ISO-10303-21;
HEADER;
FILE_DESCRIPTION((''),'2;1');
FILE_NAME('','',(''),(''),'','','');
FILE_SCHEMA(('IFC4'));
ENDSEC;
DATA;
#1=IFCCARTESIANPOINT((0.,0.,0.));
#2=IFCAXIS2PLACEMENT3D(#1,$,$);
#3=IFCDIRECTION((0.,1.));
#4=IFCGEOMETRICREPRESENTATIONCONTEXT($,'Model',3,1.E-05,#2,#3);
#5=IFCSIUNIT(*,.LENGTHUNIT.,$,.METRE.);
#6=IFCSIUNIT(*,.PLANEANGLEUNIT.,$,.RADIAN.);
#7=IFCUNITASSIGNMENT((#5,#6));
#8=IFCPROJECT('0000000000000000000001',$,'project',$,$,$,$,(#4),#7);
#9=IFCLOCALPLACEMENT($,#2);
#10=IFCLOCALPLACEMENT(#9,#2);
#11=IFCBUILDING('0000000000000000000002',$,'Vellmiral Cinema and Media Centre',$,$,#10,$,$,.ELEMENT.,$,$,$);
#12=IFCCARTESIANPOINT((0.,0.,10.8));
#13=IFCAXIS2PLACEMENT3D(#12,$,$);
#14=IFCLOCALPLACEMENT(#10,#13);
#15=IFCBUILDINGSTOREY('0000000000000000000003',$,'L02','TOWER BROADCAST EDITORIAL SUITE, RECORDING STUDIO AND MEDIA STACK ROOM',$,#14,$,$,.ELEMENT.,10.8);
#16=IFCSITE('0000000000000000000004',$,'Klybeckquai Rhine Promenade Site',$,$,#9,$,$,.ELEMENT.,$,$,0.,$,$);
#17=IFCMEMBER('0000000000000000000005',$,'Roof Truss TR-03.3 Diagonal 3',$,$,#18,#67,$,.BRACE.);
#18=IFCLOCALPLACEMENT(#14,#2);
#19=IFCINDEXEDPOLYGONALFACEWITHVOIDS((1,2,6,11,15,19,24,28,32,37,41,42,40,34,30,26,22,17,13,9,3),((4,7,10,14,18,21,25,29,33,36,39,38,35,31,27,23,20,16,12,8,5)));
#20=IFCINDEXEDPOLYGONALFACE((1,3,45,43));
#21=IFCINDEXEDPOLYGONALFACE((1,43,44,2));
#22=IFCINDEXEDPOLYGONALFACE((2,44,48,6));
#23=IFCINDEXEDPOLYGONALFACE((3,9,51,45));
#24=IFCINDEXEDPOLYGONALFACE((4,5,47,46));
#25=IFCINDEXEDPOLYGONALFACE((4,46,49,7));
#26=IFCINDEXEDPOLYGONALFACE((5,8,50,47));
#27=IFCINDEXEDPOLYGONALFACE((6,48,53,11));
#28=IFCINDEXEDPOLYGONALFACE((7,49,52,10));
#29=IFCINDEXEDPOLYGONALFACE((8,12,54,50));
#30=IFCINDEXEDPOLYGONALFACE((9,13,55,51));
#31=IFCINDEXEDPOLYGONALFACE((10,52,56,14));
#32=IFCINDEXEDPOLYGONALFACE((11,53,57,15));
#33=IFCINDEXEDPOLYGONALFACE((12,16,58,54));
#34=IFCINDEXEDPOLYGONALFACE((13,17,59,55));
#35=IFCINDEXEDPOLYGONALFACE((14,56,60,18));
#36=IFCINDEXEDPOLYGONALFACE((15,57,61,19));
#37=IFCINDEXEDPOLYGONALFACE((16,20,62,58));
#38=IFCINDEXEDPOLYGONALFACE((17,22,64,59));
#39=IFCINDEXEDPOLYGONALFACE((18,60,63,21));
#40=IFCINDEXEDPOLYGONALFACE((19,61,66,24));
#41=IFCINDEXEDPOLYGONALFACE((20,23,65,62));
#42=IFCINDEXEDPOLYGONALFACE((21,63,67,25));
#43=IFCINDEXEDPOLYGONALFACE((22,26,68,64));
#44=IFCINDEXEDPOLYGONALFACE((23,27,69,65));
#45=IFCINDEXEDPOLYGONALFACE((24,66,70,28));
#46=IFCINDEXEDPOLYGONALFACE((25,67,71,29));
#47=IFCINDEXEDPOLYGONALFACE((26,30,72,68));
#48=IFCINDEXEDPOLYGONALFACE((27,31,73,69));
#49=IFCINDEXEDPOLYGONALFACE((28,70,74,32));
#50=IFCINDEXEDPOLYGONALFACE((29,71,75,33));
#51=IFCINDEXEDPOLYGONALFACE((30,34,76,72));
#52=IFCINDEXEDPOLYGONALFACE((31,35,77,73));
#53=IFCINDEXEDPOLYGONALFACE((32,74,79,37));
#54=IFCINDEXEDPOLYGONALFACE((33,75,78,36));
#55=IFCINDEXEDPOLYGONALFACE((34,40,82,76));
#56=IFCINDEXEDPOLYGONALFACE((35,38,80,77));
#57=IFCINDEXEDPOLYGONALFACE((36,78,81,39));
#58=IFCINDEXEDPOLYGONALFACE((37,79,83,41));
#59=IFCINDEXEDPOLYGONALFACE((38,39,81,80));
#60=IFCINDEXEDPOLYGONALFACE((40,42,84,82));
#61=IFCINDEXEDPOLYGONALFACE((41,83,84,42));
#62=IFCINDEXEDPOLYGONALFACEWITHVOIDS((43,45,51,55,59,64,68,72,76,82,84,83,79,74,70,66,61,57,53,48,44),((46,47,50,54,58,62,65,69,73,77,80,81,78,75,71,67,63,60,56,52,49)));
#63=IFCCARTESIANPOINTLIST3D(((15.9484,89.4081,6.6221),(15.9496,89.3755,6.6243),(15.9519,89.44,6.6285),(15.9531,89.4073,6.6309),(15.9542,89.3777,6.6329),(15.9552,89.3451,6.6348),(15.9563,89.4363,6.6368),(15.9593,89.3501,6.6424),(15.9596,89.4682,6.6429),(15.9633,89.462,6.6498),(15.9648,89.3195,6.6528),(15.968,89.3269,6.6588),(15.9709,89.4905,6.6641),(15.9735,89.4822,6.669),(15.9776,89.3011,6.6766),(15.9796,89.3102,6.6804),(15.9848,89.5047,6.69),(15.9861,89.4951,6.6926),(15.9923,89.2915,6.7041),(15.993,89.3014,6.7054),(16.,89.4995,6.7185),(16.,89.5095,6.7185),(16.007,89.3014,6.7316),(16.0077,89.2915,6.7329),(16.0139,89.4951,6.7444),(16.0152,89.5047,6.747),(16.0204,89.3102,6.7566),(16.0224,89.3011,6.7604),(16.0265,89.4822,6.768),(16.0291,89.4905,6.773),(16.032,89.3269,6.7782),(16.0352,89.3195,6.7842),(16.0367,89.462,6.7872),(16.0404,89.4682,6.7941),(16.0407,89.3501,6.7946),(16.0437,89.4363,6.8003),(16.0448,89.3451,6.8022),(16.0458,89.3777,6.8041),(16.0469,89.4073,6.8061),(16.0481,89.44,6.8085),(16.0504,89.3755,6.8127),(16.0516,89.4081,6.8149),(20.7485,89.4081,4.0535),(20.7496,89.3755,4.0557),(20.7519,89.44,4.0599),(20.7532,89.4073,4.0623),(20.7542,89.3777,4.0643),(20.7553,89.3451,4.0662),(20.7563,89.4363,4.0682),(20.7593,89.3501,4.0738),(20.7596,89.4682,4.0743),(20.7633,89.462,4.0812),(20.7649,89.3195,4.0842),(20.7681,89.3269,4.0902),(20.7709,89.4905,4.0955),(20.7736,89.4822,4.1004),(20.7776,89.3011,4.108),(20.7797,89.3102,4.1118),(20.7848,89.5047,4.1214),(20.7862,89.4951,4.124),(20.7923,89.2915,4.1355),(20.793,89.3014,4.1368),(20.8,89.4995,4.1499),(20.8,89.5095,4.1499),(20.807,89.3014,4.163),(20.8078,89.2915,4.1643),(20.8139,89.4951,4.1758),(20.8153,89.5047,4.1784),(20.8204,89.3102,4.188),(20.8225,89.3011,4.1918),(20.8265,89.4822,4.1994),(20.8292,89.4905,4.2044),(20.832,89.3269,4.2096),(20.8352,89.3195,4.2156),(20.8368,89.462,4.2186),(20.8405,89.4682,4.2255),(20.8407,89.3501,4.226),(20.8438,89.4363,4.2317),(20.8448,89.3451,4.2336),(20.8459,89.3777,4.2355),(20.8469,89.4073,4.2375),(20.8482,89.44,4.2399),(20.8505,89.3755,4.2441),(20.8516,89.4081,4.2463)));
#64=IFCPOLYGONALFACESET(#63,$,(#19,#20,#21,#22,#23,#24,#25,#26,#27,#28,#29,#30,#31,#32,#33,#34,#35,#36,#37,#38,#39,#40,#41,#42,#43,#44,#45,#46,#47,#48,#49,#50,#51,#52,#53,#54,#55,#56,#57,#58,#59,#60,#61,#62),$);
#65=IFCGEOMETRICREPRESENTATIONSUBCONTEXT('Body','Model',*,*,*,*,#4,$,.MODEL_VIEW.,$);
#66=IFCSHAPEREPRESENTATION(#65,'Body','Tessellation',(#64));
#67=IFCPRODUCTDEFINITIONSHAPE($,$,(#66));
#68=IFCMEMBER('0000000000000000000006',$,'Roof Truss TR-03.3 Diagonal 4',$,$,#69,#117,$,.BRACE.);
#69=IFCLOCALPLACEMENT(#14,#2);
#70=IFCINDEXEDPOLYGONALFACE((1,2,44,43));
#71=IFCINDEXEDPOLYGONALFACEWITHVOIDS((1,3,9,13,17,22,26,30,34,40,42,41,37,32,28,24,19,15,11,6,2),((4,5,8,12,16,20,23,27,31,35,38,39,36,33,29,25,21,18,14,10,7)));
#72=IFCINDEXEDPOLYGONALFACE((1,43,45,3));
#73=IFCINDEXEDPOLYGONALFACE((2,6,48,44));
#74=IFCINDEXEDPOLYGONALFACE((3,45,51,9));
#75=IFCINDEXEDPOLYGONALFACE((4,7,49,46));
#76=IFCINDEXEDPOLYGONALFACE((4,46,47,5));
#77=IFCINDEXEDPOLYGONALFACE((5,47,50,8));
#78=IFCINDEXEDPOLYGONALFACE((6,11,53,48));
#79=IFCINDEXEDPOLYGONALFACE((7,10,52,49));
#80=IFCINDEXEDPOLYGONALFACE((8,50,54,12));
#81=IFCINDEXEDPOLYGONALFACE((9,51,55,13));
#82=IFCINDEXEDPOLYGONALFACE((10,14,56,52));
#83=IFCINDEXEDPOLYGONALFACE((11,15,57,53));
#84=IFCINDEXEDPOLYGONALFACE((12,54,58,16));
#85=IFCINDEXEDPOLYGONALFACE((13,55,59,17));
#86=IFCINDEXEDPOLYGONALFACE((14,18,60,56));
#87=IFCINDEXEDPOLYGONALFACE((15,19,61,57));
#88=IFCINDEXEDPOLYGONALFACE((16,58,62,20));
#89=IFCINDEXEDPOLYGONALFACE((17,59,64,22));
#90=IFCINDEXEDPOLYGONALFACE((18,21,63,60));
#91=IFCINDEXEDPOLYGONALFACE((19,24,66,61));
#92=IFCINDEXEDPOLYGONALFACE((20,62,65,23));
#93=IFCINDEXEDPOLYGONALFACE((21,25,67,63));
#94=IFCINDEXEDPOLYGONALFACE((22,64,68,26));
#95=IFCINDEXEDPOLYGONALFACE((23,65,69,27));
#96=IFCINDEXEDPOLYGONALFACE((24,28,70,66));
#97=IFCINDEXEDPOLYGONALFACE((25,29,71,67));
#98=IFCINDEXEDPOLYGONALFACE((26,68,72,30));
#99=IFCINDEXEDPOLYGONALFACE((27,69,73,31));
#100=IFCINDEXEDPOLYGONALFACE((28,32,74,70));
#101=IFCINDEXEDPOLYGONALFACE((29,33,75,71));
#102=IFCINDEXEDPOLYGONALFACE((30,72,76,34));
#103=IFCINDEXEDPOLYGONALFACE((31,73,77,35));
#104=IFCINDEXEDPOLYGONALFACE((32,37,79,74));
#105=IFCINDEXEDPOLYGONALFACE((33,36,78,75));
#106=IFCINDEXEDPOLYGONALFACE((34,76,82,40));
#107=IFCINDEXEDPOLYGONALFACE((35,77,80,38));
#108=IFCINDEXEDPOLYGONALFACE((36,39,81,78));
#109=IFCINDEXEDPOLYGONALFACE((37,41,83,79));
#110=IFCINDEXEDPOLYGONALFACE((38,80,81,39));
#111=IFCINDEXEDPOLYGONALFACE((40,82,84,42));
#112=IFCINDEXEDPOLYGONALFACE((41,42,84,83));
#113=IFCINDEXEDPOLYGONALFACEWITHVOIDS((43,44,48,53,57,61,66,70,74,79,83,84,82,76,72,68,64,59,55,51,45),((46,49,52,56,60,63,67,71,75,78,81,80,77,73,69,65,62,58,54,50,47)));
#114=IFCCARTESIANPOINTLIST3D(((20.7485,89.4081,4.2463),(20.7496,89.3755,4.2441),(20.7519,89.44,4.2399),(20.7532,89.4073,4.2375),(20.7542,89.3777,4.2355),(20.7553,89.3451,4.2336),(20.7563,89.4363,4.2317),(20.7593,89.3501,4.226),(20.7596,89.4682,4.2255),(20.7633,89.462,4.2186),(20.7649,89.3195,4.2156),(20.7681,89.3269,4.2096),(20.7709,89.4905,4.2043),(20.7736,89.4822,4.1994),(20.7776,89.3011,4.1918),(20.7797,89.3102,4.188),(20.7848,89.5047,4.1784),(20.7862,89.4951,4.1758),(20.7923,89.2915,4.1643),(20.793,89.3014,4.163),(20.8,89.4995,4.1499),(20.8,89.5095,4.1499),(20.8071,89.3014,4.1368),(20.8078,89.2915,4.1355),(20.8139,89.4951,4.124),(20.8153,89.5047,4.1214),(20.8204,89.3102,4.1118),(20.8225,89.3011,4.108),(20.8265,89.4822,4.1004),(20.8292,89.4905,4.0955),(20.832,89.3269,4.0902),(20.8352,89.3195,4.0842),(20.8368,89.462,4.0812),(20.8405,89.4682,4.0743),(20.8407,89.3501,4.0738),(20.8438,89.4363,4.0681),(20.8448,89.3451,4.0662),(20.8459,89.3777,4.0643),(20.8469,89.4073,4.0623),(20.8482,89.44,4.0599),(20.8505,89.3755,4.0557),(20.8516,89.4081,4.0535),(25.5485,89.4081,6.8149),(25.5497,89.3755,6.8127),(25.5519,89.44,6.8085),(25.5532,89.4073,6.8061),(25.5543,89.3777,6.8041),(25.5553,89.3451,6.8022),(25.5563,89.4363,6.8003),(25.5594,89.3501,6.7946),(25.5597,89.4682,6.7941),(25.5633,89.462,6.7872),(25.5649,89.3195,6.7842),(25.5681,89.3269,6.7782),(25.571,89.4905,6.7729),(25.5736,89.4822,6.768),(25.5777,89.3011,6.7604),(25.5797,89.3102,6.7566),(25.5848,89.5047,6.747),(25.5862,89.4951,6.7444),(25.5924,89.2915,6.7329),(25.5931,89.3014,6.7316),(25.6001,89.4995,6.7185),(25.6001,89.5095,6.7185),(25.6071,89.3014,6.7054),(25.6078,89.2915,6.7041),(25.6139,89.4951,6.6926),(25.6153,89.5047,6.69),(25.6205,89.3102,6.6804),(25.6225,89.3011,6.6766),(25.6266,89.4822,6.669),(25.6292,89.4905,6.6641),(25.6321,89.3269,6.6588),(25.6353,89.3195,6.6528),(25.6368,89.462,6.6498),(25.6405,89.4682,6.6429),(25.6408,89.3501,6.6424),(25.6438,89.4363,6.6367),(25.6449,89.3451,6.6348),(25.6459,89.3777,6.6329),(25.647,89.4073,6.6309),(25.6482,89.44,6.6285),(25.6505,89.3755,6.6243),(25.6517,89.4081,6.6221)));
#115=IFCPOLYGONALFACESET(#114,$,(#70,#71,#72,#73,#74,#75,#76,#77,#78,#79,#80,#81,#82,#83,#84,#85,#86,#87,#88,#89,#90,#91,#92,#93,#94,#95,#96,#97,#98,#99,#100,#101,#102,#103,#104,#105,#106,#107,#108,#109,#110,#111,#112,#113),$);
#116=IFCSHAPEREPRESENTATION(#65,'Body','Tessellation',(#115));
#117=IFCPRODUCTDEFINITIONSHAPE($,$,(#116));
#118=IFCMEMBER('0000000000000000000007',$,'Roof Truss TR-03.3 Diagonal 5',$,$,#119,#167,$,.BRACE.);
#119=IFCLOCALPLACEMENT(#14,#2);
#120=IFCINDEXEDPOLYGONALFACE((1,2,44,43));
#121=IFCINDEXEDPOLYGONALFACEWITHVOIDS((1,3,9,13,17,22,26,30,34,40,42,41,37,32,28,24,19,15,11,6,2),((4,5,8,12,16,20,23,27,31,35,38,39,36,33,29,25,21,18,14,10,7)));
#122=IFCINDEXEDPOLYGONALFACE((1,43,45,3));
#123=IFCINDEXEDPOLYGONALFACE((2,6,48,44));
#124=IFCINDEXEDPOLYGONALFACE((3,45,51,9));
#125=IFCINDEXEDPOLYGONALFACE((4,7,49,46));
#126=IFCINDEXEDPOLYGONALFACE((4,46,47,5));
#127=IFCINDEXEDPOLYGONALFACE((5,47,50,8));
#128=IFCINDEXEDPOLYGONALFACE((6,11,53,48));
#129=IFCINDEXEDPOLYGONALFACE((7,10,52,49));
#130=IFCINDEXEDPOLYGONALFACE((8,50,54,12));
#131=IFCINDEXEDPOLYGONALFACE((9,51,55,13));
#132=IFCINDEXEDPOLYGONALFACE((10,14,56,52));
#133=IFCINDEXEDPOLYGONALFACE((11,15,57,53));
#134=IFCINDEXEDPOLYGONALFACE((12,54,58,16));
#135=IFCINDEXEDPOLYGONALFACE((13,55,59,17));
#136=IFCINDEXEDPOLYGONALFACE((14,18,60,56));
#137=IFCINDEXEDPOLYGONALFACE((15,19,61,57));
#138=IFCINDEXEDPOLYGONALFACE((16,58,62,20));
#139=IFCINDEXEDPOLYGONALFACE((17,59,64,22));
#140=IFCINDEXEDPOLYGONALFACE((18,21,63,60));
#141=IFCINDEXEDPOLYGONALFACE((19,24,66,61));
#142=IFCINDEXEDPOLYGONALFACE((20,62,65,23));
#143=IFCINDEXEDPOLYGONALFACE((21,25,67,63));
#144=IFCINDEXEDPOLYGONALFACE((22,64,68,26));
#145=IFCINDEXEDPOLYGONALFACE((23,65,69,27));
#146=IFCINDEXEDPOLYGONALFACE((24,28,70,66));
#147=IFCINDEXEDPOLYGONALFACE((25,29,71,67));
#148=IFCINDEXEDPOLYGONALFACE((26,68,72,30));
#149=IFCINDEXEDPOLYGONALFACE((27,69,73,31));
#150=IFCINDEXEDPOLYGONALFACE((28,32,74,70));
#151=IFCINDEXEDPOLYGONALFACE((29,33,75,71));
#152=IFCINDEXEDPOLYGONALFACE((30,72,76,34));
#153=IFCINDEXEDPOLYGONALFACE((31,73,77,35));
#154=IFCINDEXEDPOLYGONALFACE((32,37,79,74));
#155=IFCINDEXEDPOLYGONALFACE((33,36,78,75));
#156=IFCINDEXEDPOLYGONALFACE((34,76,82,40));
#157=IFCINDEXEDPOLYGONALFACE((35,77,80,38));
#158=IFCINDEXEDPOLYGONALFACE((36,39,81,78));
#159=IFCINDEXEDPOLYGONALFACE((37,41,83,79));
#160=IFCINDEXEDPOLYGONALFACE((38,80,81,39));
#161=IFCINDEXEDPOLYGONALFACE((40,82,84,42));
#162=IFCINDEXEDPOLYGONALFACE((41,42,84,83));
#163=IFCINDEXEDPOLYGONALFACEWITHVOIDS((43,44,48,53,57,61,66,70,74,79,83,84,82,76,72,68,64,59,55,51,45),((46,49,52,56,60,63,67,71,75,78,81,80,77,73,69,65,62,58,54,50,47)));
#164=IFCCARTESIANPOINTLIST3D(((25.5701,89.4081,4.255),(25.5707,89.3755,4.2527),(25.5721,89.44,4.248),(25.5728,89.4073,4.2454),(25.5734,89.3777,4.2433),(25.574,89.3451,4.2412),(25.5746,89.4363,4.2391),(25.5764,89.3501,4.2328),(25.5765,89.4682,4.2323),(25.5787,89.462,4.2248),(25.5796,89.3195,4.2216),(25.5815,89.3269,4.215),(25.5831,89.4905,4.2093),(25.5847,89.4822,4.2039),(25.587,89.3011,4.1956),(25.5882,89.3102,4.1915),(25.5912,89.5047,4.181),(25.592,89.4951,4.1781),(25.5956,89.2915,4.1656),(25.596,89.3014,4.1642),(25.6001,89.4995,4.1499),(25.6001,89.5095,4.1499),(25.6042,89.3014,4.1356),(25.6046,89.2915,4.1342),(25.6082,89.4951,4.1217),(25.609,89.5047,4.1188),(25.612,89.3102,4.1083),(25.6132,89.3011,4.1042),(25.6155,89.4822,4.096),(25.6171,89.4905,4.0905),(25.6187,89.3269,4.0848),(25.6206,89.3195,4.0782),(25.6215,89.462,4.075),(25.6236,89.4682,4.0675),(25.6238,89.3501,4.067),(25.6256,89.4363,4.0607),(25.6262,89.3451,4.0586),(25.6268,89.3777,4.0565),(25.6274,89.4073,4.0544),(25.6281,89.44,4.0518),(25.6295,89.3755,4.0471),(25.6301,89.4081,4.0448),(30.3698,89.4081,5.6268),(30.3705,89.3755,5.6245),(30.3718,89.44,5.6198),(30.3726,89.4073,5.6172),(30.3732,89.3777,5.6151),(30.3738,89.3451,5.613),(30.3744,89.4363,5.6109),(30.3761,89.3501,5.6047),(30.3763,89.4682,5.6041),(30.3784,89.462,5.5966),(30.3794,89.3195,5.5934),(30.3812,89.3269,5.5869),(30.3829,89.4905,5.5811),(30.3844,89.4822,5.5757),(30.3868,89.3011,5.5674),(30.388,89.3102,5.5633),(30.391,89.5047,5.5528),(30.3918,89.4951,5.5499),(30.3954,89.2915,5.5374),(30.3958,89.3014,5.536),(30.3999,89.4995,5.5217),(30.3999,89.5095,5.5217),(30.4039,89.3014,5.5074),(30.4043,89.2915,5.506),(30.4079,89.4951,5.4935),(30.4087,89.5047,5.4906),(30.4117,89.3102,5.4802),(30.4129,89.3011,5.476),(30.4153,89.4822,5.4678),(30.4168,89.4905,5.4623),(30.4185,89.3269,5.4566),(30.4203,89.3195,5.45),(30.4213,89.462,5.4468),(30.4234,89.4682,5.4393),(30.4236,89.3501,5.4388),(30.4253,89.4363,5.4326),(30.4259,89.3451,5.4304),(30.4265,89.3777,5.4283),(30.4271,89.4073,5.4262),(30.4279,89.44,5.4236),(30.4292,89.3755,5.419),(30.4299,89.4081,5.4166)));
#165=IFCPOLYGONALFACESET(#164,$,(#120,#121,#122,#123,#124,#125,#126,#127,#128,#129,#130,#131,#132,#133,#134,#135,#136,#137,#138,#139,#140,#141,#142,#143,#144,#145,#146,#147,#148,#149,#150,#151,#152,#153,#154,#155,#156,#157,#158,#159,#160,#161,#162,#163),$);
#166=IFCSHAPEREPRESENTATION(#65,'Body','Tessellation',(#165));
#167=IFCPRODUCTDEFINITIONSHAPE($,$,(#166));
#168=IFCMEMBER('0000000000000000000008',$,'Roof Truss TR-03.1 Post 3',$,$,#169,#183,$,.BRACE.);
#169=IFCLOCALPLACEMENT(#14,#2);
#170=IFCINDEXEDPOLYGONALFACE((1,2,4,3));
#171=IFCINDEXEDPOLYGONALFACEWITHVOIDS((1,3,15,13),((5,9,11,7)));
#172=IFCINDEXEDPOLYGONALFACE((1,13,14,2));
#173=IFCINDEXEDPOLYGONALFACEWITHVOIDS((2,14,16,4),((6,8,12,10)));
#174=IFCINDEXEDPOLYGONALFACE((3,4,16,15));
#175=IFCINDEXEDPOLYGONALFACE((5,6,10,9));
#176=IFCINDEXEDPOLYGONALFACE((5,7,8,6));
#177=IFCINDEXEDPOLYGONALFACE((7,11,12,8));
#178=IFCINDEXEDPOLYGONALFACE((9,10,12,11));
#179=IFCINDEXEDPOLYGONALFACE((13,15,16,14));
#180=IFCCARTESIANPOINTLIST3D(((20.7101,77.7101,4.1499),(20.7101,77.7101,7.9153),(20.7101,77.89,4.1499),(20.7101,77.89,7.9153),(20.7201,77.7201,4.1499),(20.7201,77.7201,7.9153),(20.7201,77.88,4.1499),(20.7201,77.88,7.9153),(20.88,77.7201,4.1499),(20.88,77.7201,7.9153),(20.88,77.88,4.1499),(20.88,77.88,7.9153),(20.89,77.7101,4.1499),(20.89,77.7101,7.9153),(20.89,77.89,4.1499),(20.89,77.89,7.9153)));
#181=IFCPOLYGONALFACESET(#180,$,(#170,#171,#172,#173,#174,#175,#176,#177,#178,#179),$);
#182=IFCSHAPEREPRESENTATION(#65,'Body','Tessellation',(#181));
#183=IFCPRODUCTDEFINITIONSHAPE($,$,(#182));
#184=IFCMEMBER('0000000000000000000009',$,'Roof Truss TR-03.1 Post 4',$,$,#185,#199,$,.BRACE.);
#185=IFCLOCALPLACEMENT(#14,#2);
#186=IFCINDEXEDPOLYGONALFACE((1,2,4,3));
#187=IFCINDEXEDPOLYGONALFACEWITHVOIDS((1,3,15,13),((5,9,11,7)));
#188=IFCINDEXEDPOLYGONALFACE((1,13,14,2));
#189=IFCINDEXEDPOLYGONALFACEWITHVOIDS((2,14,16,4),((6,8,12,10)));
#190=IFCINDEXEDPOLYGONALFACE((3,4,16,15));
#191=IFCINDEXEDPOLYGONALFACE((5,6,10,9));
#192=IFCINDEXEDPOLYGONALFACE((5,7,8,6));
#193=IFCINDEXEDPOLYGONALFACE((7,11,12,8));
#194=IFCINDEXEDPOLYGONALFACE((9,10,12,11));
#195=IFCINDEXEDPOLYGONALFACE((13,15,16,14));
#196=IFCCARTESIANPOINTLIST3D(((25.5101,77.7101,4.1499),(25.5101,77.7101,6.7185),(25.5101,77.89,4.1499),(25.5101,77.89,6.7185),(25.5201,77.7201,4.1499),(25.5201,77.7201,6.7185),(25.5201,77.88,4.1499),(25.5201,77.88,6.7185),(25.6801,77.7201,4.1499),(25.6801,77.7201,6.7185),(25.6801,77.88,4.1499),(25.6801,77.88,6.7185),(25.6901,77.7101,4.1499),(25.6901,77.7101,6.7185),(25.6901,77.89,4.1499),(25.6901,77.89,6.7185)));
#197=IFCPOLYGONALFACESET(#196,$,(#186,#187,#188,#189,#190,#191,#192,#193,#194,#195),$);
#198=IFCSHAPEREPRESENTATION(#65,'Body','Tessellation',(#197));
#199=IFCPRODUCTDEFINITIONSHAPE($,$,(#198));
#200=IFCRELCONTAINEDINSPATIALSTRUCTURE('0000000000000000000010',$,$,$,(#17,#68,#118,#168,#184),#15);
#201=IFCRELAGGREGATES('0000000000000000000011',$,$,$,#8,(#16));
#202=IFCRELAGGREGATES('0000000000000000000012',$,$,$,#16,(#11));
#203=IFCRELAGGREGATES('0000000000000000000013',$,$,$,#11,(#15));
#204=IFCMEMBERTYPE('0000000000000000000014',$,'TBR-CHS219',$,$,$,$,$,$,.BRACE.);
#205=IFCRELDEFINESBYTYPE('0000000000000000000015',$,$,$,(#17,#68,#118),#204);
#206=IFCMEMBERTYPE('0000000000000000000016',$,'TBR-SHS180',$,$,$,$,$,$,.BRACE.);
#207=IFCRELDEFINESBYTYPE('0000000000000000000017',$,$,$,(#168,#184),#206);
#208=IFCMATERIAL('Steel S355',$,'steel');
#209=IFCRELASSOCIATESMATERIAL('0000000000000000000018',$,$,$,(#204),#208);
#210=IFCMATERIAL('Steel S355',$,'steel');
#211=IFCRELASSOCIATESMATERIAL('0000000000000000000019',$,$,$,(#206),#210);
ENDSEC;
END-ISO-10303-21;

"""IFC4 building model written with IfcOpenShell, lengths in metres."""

from ifc_helpers import new_model, si_unit, direction, frame, origin, origin_2d, place, context, subcontext, project, spatial, hollow_rectangle, hollow_circle, extrude, material, material_profile, profile_set, type_object, element, save


model = new_model("IFC4")

# Units and contexts
model_context = context("Model", 3, precision=1e-05, world=origin(), true_north=direction((0.0, 1.0)))
body_context = subcontext(model_context, "Body", "Model", "MODEL_VIEW")
ifc_project = project(units=[si_unit("LENGTHUNIT", "METRE"), si_unit("PLANEANGLEUNIT", "RADIAN")], contexts=[model_context])

# Site, building, storey
site_placement = place(None, origin())
site = spatial("IfcSite", under=ifc_project, at=site_placement, Name="Klybeckquai Rhine Promenade Site", CompositionType="ELEMENT", RefElevation=0.0)
building_placement = place(site_placement, origin())
building = spatial("IfcBuilding", under=site, at=building_placement, Name="Vellmiral Cinema and Media Centre", CompositionType="ELEMENT")
storey_placement = place(building_placement, frame((0.0, 0.0, 10.8)))
storey = spatial("IfcBuildingStorey", under=building, at=storey_placement, Name="L02", Description="TOWER BROADCAST EDITORIAL SUITE, RECORDING STUDIO AND MEDIA STACK ROOM", CompositionType="ELEMENT", Elevation=10.8)

# Members
ifc_material_1 = material(Name="Steel S355", Category="steel")
ifc_material_profile_1 = material_profile(ifc_material_1, hollow_circle(Radius=0.1096, WallThickness=0.01, at=origin_2d()), Name="CHS 219.1x10.0")
ifc_profile_set_1 = profile_set([ifc_material_profile_1], Name="Steel S355")
member_type_1 = type_object("IfcMemberType", Name="TBR-CHS219", PredefinedType="BRACE", material=ifc_profile_set_1)
for number, where, z_axis, x_axis, name in (
    (1, (16.0, 89.3999, 6.7185), (0.881698, 0.0, -0.471814), (0.0, 1.0, 0.0), "Roof Truss TR-03.3 Diagonal 3"),
    (2, (20.8, 89.3999, 4.1499), (0.881698, 0.0, 0.471814), (0.0, 1.0, 0.0), "Roof Truss TR-03.3 Diagonal 4"),
):
    element("IfcMember", number, at=place(storey_placement, frame(where, z_axis=z_axis, x_axis=x_axis)), inside=storey, type_object=member_type_1, Name=name, PredefinedType="BRACE", context=body_context, shape_type="SweptSolid", body=[
        extrude(hollow_circle(Radius=0.1096, WallThickness=0.01, at=origin_2d()), origin(), (0.0, 0.0, 1.0), 5.4441),
    ])
member_1_placement = place(storey_placement, frame((25.6001, 89.3999, 4.1499), z_axis=(0.9615, 0.0, 0.274805), x_axis=(0.0, 1.0, 0.0)))
element("IfcMember", 3, at=member_1_placement, inside=storey, type_object=member_type_1, Name="Roof Truss TR-03.3 Diagonal 5", PredefinedType="BRACE", context=body_context, shape_type="SweptSolid", body=[
    extrude(hollow_circle(Radius=0.1096, WallThickness=0.01, at=origin_2d()), origin(), (0.0, 0.0, 1.0), 4.9919),
])
ifc_material_2 = material(Name="Steel S355", Category="steel")
ifc_material_profile_2 = material_profile(ifc_material_2, hollow_rectangle(XDim=0.1799, YDim=0.1799, WallThickness=0.01, at=origin_2d()), Name="SHS 180x180x10.0")
ifc_profile_set_2 = profile_set([ifc_material_profile_2], Name="Steel S355")
member_type_2 = type_object("IfcMemberType", Name="TBR-SHS180", PredefinedType="BRACE", material=ifc_profile_set_2)
member_2_placement = place(storey_placement, frame((20.8, 77.8, 4.1499), z_axis=(0.0, 0.0, 1.0), x_axis=(1.0, 0.0, 0.0)))
element("IfcMember", 4, at=member_2_placement, inside=storey, type_object=member_type_2, Name="Roof Truss TR-03.1 Post 3", PredefinedType="BRACE", context=body_context, shape_type="SweptSolid", body=[
    extrude(hollow_rectangle(XDim=0.1799, YDim=0.1799, WallThickness=0.01, at=origin_2d()), origin(), (0.0, 0.0, 1.0), 3.7654),
])
for number, where, z_axis, x_axis, name in (
    (5, (25.6001, 77.8, 4.1499), (0.0, 0.0, 1.0), (1.0, 0.0, 0.0), "Roof Truss TR-03.1 Post 4"),
):
    element("IfcMember", number, at=place(storey_placement, frame(where, z_axis=z_axis, x_axis=x_axis)), inside=storey, type_object=member_type_2, Name=name, PredefinedType="BRACE", context=body_context, shape_type="SweptSolid", body=[
        extrude(hollow_rectangle(XDim=0.1799, YDim=0.1799, WallThickness=0.01, at=origin_2d()), origin(), (0.0, 0.0, 1.0), 2.5686),
    ])

save(model, "model.ifc")
